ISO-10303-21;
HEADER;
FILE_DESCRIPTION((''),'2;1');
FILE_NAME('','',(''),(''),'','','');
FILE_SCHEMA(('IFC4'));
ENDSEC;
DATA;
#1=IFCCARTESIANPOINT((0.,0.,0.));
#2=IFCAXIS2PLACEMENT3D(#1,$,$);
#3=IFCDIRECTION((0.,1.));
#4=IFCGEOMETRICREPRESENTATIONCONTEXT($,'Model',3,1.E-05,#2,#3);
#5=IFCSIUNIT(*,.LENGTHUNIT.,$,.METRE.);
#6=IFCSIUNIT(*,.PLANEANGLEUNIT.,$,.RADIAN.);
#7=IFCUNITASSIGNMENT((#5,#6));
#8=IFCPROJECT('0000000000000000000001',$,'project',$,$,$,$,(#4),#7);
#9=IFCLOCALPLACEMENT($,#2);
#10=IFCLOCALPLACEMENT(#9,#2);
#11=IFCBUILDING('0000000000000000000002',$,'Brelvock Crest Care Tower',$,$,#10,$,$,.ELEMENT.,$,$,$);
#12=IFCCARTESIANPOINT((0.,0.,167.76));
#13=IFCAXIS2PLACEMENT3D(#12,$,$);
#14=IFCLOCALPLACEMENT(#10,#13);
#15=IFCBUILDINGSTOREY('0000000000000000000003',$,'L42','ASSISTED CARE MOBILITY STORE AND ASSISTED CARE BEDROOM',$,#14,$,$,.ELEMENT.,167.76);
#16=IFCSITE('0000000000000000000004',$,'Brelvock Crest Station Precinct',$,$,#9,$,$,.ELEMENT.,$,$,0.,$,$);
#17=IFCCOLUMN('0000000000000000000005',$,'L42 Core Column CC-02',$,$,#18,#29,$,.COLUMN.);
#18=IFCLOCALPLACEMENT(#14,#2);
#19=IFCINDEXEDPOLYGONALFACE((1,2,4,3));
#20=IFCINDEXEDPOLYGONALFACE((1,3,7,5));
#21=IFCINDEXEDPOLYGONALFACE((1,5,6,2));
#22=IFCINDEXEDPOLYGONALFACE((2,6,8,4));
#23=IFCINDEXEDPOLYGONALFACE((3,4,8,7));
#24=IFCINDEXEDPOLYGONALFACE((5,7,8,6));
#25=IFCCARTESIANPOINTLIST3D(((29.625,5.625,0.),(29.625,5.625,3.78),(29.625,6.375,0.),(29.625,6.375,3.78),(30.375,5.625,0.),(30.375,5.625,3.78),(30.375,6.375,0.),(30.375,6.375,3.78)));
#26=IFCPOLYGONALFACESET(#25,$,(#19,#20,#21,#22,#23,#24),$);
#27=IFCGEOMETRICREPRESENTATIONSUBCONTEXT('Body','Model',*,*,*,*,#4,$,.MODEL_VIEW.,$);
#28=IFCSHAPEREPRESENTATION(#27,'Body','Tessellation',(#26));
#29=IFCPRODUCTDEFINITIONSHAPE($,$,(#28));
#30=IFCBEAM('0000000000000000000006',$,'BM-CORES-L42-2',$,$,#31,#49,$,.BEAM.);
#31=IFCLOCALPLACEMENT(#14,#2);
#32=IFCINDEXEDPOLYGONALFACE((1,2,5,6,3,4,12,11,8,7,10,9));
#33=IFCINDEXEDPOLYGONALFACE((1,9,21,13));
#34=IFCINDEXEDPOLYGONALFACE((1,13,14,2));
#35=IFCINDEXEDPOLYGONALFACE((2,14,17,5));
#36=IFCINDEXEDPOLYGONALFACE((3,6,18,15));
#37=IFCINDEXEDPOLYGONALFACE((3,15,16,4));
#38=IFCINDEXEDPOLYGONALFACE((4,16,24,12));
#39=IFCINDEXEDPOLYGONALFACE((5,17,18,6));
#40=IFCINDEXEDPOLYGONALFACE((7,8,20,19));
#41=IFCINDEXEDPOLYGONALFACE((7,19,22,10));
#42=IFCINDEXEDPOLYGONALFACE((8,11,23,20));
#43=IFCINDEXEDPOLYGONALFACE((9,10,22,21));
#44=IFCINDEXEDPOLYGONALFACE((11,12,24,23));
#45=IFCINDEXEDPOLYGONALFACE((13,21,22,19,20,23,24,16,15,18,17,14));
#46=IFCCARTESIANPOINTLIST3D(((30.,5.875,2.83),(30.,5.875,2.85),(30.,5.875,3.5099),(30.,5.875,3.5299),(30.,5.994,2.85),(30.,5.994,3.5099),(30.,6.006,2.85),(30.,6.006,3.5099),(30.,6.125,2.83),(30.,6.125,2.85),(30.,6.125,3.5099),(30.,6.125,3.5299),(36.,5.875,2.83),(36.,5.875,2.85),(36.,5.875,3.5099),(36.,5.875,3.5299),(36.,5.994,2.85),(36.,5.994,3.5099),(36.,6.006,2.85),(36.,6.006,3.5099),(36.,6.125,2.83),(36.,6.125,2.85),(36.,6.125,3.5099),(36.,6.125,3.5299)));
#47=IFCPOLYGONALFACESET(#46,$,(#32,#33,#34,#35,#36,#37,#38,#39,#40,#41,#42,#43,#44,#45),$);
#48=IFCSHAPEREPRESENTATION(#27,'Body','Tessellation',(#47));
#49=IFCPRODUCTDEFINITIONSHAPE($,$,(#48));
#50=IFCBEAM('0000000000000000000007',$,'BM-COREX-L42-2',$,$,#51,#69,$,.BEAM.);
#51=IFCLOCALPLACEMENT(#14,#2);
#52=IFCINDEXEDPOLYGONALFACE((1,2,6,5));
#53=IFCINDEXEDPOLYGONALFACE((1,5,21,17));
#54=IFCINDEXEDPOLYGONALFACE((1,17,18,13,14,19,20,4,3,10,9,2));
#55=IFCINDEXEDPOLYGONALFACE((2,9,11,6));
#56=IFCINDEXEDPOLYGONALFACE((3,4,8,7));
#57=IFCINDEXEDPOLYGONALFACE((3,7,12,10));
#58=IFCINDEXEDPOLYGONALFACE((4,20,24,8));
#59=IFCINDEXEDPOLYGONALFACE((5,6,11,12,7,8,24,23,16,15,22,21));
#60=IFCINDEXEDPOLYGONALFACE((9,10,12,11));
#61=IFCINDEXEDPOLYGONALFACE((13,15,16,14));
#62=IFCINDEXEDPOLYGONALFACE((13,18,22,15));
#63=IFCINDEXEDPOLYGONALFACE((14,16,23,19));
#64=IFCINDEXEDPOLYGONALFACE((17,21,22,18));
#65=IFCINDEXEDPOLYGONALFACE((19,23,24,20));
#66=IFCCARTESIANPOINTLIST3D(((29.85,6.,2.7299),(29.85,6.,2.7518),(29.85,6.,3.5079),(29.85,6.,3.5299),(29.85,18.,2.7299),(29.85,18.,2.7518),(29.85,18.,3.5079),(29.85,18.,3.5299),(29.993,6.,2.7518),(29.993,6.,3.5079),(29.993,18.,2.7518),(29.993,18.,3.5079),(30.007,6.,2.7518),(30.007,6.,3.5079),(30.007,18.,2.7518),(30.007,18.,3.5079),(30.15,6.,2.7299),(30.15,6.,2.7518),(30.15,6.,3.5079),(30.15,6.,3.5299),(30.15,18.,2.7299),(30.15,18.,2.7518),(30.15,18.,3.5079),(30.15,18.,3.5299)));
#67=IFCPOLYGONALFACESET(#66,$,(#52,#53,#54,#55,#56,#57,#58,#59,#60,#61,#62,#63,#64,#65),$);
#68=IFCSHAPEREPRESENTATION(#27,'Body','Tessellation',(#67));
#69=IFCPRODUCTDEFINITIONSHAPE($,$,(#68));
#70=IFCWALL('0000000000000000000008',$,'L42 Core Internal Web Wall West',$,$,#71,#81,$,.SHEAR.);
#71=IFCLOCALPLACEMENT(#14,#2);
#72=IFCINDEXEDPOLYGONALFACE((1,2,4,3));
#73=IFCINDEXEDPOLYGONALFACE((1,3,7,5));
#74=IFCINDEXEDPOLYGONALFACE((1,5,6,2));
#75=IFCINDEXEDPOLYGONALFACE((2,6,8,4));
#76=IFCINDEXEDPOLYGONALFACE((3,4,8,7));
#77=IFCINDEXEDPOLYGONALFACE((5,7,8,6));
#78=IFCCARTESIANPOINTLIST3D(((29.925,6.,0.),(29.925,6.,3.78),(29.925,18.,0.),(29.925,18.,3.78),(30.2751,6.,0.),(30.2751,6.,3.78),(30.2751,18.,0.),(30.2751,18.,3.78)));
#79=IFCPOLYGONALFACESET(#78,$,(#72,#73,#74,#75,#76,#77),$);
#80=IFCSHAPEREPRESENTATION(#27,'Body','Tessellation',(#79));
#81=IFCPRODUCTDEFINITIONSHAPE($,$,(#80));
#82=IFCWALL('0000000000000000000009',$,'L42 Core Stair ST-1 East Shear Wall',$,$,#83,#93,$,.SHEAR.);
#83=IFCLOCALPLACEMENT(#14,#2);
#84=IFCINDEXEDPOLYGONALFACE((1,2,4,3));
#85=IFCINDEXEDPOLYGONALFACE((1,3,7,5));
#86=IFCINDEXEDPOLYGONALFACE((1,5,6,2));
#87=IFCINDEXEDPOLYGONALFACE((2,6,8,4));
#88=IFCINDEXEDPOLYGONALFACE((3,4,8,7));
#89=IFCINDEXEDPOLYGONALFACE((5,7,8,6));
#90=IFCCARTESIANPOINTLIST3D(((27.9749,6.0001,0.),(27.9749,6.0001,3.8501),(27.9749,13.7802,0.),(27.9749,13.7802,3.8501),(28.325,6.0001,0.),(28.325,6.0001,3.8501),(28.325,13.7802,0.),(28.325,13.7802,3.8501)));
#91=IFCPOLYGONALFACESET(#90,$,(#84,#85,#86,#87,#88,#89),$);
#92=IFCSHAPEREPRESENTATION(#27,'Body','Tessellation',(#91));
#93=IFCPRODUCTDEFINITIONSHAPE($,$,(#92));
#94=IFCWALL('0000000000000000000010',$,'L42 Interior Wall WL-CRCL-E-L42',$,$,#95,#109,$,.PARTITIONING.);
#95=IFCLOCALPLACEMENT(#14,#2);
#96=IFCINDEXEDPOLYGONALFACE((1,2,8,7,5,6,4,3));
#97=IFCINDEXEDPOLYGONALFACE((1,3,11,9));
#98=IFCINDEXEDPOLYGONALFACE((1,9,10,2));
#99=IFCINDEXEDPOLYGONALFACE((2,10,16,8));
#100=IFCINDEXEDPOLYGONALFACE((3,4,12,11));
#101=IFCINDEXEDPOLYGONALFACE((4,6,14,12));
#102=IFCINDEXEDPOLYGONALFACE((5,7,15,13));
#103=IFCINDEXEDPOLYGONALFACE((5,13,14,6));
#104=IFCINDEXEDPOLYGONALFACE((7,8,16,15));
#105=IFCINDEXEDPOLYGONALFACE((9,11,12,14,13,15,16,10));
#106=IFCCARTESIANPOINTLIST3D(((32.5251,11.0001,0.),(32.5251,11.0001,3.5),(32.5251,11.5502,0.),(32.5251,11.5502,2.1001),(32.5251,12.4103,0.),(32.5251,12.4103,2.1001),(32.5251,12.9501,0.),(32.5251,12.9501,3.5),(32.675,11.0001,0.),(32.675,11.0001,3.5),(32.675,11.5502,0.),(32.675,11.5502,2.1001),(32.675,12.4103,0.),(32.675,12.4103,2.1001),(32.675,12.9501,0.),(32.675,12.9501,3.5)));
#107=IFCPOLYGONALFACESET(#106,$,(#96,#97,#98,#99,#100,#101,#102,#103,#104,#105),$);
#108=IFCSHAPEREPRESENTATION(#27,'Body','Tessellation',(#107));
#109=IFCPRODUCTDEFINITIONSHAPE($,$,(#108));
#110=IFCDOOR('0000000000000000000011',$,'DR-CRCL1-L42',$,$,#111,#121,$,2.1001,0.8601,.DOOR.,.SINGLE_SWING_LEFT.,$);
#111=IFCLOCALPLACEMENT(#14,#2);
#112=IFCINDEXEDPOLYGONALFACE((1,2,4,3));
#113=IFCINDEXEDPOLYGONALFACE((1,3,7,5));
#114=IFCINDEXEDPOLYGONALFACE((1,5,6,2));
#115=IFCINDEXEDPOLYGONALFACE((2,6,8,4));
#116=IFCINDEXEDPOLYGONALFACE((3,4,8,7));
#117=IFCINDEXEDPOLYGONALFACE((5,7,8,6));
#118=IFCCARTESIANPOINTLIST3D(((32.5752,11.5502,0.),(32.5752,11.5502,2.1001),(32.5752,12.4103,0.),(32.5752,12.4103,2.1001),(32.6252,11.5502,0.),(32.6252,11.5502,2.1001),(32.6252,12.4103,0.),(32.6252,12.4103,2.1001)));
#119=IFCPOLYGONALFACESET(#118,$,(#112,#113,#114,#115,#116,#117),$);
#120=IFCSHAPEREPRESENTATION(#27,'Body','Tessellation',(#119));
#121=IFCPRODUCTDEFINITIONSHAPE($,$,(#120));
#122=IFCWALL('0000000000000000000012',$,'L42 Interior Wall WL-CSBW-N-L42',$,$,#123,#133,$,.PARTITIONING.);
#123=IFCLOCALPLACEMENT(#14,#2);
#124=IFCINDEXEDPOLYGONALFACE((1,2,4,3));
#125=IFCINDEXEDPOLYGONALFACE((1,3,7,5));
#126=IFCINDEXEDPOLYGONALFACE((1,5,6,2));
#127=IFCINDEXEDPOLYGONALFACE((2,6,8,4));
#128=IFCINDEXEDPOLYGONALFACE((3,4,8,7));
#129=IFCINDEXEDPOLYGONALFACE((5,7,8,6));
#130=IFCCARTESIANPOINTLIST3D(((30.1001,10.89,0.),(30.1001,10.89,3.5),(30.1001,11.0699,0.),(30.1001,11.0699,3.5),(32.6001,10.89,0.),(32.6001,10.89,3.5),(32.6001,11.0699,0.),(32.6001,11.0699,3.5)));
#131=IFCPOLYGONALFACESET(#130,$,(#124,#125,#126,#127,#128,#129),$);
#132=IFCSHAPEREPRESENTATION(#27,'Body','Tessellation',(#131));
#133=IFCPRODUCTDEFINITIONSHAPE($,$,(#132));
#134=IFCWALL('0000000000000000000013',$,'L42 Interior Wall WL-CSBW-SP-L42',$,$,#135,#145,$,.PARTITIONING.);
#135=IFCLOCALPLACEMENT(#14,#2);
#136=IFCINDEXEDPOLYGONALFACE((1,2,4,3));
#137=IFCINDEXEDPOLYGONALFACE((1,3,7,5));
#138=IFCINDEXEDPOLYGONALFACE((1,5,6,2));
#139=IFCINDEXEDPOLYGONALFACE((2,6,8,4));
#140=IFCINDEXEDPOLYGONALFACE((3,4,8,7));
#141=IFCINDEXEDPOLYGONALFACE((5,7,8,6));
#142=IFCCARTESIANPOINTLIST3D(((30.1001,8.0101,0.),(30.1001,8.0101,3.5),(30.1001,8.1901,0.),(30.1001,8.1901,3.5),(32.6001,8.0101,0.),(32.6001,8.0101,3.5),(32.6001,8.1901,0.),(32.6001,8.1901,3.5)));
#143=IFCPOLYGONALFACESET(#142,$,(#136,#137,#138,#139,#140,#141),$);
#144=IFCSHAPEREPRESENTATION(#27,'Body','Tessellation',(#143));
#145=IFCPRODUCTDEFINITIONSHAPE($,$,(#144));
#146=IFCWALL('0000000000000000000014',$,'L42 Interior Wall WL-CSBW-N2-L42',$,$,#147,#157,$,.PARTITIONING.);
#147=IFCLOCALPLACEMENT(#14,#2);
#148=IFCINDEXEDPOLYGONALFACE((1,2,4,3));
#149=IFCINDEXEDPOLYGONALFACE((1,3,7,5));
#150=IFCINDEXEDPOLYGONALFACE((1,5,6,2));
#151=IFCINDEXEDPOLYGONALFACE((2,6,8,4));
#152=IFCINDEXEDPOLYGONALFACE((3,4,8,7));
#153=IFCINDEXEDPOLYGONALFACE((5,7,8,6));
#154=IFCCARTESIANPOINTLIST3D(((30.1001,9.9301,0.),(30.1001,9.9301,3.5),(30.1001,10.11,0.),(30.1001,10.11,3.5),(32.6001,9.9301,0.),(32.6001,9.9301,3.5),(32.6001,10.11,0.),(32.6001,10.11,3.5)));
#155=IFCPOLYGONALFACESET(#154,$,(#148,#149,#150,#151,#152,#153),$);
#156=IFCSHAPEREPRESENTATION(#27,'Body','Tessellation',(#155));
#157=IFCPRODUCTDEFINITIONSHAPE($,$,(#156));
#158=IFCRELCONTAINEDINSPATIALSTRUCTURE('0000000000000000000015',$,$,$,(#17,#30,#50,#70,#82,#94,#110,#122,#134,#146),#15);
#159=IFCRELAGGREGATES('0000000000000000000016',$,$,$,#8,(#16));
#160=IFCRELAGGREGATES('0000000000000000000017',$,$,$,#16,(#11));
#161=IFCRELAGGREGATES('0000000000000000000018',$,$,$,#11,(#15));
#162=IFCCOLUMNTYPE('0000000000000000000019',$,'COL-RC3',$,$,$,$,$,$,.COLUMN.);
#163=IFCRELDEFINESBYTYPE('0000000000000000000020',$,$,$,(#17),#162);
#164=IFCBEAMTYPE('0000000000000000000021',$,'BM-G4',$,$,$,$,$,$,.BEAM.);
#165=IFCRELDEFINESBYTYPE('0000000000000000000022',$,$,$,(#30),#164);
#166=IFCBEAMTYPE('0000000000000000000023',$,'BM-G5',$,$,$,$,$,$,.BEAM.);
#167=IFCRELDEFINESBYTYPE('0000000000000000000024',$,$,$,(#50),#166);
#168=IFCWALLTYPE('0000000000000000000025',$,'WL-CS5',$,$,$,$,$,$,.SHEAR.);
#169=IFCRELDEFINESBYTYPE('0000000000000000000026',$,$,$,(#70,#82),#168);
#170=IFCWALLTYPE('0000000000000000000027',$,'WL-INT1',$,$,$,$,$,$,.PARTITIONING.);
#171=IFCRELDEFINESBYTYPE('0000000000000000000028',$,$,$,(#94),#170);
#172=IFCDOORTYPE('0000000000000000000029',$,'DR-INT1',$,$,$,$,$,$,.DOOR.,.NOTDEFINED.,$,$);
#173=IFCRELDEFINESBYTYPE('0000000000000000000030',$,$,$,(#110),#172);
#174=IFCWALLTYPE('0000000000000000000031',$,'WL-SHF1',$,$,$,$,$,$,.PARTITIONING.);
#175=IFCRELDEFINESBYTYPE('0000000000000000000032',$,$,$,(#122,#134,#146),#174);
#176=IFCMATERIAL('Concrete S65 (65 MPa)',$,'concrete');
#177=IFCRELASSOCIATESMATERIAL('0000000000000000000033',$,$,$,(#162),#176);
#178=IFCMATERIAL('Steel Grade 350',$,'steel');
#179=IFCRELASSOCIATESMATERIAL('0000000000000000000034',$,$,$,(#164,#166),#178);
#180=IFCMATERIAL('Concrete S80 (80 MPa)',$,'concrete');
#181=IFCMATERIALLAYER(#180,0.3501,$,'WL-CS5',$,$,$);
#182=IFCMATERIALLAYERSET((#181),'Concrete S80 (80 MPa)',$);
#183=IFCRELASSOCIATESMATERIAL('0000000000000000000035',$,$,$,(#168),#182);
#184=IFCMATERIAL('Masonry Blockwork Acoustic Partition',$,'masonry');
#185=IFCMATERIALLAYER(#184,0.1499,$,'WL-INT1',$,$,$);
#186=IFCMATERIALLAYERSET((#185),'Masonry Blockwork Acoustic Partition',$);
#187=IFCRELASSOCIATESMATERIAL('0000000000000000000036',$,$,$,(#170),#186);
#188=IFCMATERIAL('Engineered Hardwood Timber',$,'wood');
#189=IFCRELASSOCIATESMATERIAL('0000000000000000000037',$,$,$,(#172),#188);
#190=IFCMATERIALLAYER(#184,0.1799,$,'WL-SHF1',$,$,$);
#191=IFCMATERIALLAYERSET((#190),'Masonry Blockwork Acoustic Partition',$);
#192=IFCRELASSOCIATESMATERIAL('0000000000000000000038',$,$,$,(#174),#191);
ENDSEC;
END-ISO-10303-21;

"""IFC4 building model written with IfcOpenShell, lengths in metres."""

from ifc_helpers import new_model, si_unit, direction, frame, frame_2d, origin, origin_2d, place, context, subcontext, project, spatial, rectangle, i_section, extrude, source, transform, mapped, material, layer, layer_set, material_profile, profile_set, type_object, element, fill, save


model = new_model("IFC4")

# Units and contexts
model_context = context("Model", 3, precision=1e-05, world=origin(), true_north=direction((0.0, 1.0)))
body_context = subcontext(model_context, "Body", "Model", "MODEL_VIEW")
ifc_project = project(units=[si_unit("LENGTHUNIT", "METRE"), si_unit("PLANEANGLEUNIT", "RADIAN")], contexts=[model_context])

# Site, building, storey
site_placement = place(None, origin())
site = spatial("IfcSite", under=ifc_project, at=site_placement, Name="Brelvock Crest Station Precinct", CompositionType="ELEMENT", RefElevation=0.0)
building_placement = place(site_placement, origin())
building = spatial("IfcBuilding", under=site, at=building_placement, Name="Brelvock Crest Care Tower", CompositionType="ELEMENT")
storey_placement = place(building_placement, frame((0.0, 0.0, 167.76)))
storey = spatial("IfcBuildingStorey", under=building, at=storey_placement, Name="L42", Description="ASSISTED CARE MOBILITY STORE AND ASSISTED CARE BEDROOM", CompositionType="ELEMENT", Elevation=167.76)

# Column
ifc_material_1 = material(Name="Concrete S65 (65 MPa)", Category="concrete")
ifc_material_profile_1 = material_profile(ifc_material_1, rectangle(XDim=0.75, YDim=0.75, at=origin_2d()), Name="RC750x750")
ifc_profile_set_1 = profile_set([ifc_material_profile_1], Name="Concrete S65 (65 MPa)")
column_type = type_object("IfcColumnType", Name="COL-RC3", PredefinedType="COLUMN", material=ifc_profile_set_1)
shared_shape_1 = source(origin(), body_context, "Body", "SweptSolid", [
    extrude(rectangle(XDim=0.75, YDim=0.75, at=origin_2d()), origin(), (0.0, 0.0, 1.0), 3.78),
])
column_placement = place(storey_placement, frame((30.0, 6.0, 0.0), z_axis=(0.0, 0.0, 1.0), x_axis=(1.0, 0.0, 0.0)))
element("IfcColumn", 1, at=column_placement, inside=storey, type_object=column_type, Name="L42 Core Column CC-02", PredefinedType="COLUMN", context=body_context, shape_type="MappedRepresentation", body=[
    mapped(shared_shape_1, transform((0.0, 0.0, 0.0), x_axis=(1.0, 0.0, 0.0), y_axis=(0.0, 1.0, 0.0), z_axis=(0.0, 0.0, 1.0), scale=1.0)),
])

# Beams
ifc_material_2 = material(Name="Steel Grade 350", Category="steel")
ifc_material_profile_2 = material_profile(ifc_material_2, i_section(OverallWidth=0.25, OverallDepth=0.7, WebThickness=0.012, FlangeThickness=0.02, at=origin_2d()), Name="700WB150")
ifc_profile_set_2 = profile_set([ifc_material_profile_2], Name="Steel Grade 350")
beam_type_1 = type_object("IfcBeamType", Name="BM-G4", PredefinedType="BEAM", material=ifc_profile_set_2)
shared_shape_2 = source(origin(), body_context, "Body", "SweptSolid", [
    extrude(i_section(OverallWidth=0.25, OverallDepth=0.7, WebThickness=0.012, FlangeThickness=0.02, at=origin_2d()), origin(), (0.0, 0.0, 1.0), 6.0),
])
beam_1_placement = place(storey_placement, frame((30.0, 6.0, 3.1799), z_axis=(1.0, 0.0, 0.0), x_axis=(0.0, 1.0, 0.0)))
element("IfcBeam", 2, at=beam_1_placement, inside=storey, type_object=beam_type_1, Name="BM-CORES-L42-2", PredefinedType="BEAM", context=body_context, shape_type="MappedRepresentation", body=[
    mapped(shared_shape_2, transform((0.0, 0.0, 0.0), x_axis=(1.0, 0.0, 0.0), y_axis=(0.0, 1.0, 0.0), z_axis=(0.0, 0.0, 1.0), scale=1.0)),
])
ifc_material_profile_3 = material_profile(ifc_material_2, i_section(OverallWidth=0.3, OverallDepth=0.8, WebThickness=0.0139, FlangeThickness=0.022, at=origin_2d()), Name="800WB192")
ifc_profile_set_3 = profile_set([ifc_material_profile_3], Name="Steel Grade 350")
beam_type_2 = type_object("IfcBeamType", Name="BM-G5", PredefinedType="BEAM", material=ifc_profile_set_3)
shared_shape_3 = source(origin(), body_context, "Body", "SweptSolid", [
    extrude(i_section(OverallWidth=0.3, OverallDepth=0.8, WebThickness=0.0139, FlangeThickness=0.022, at=origin_2d()), origin(), (0.0, 0.0, 1.0), 12.0),
])
beam_2_placement = place(storey_placement, frame((30.0, 6.0, 3.1299), z_axis=(0.0, 1.0, 0.0), x_axis=(-1.0, 0.0, 0.0)))
element("IfcBeam", 3, at=beam_2_placement, inside=storey, type_object=beam_type_2, Name="BM-COREX-L42-2", PredefinedType="BEAM", context=body_context, shape_type="MappedRepresentation", body=[
    mapped(shared_shape_3, transform((0.0, 0.0, 0.0), x_axis=(1.0, 0.0, 0.0), y_axis=(0.0, 1.0, 0.0), z_axis=(0.0, 0.0, 1.0), scale=1.0)),
])

# Walls
ifc_material_3 = material(Name="Concrete S80 (80 MPa)", Category="concrete")
ifc_layer_1 = layer(ifc_material_3, 0.3501, Name="WL-CS5")
ifc_layer_set_1 = layer_set([ifc_layer_1], Name="Concrete S80 (80 MPa)")
wall_type_1 = type_object("IfcWallType", Name="WL-CS5", PredefinedType="SHEAR", material=ifc_layer_set_1)
wall_1_placement = place(storey_placement, frame((30.1001, 6.0, 0.0), z_axis=(0.0, 0.0, 1.0), x_axis=(0.0, 1.0, 0.0)))
element("IfcWall", 4, at=wall_1_placement, inside=storey, type_object=wall_type_1, Name="L42 Core Internal Web Wall West", PredefinedType="SHEAR", context=body_context, shape_type="SweptSolid", body=[
    extrude(rectangle(XDim=12.0, YDim=0.3501, at=frame_2d((6.0, 0.0))), origin(), (0.0, 0.0, 1.0), 3.78),
])
wall_2_placement = place(storey_placement, frame((28.1499, 6.0, 0.0), z_axis=(0.0, 0.0, 1.0), x_axis=(0.0, 1.0, 0.0)))
element("IfcWall", 5, at=wall_2_placement, inside=storey, type_object=wall_type_1, Name="L42 Core Stair ST-1 East Shear Wall", PredefinedType="SHEAR", context=body_context, shape_type="SweptSolid", body=[
    extrude(rectangle(XDim=7.78, YDim=0.3501, at=frame_2d((3.8901, 0.0))), origin(), (0.0, 0.0, 1.0), 3.8501),
])

# Wall, opening, door
ifc_material_4 = material(Name="Masonry Blockwork Acoustic Partition", Category="masonry")
ifc_layer_2 = layer(ifc_material_4, 0.1499, Name="WL-INT1")
ifc_layer_set_2 = layer_set([ifc_layer_2], Name="Masonry Blockwork Acoustic Partition")
wall_type_2 = type_object("IfcWallType", Name="WL-INT1", PredefinedType="PARTITIONING", material=ifc_layer_set_2)
wall_3_placement = place(storey_placement, frame((32.6001, 11.0, 0.0), z_axis=(0.0, 0.0, 1.0), x_axis=(0.0, 1.0, 0.0)))
wall_3 = element("IfcWall", 6, at=wall_3_placement, inside=storey, type_object=wall_type_2, Name="L42 Interior Wall WL-CRCL-E-L42", PredefinedType="PARTITIONING", context=body_context, shape_type="SweptSolid", body=[
    extrude(rectangle(XDim=1.95, YDim=0.1499, at=frame_2d((0.9751, 0.0))), origin(), (0.0, 0.0, 1.0), 3.5),
])
opening_1_placement = place(wall_3_placement, frame((0.55, 0.0, 0.0)))
opening_1 = element("IfcOpeningElement", 7, at=opening_1_placement, cuts=wall_3, PredefinedType="OPENING", context=body_context, shape_type="SweptSolid", body=[
    extrude(rectangle(XDim=0.8601, YDim=2.1001, at=origin_2d()), frame((0.4302, 0.085, 1.05), z_axis=(0.0, -1.0, 0.0), x_axis=(1.0, 0.0, 0.0)), (0.0, 0.0, 1.0), 0.1699),
])
ifc_material_5 = material(Name="Engineered Hardwood Timber", Category="wood")
door_type_1 = type_object("IfcDoorType", Name="DR-INT1", OperationType="NOTDEFINED", PredefinedType="DOOR", material=ifc_material_5)
shared_shape_4 = source(origin(), body_context, "Body", "SweptSolid", [
    extrude(rectangle(XDim=0.8601, YDim=2.1001, at=origin_2d()), frame((0.4302, 0.0249, 1.05), z_axis=(0.0, -1.0, 0.0), x_axis=(1.0, 0.0, 0.0)), (0.0, 0.0, 1.0), 0.05),
])
door_1_placement = place(opening_1_placement, origin())
door_1 = element("IfcDoor", 8, at=door_1_placement, inside=storey, type_object=door_type_1, Name="DR-CRCL1-L42", OperationType="SINGLE_SWING_LEFT", OverallHeight=2.1001, OverallWidth=0.8601, PredefinedType="DOOR", context=body_context, shape_type="MappedRepresentation", body=[
    mapped(shared_shape_4, transform((0.0, 0.0, 0.0), x_axis=(1.0, 0.0, 0.0), y_axis=(0.0, 1.0, 0.0), z_axis=(0.0, 0.0, 1.0), scale=1.0)),
])
fill(opening_1, door_1)

# Walls
ifc_layer_3 = layer(ifc_material_4, 0.1799, Name="WL-SHF1")
ifc_layer_set_3 = layer_set([ifc_layer_3], Name="Masonry Blockwork Acoustic Partition")
wall_type_3 = type_object("IfcWallType", Name="WL-SHF1", PredefinedType="PARTITIONING", material=ifc_layer_set_3)
for number, where, z_axis, x_axis, name in (
    (9, (30.1001, 10.98, 0.0), (0.0, 0.0, 1.0), (1.0, 0.0, 0.0), "L42 Interior Wall WL-CSBW-N-L42"),
    (10, (30.1001, 8.1001, 0.0), (0.0, 0.0, 1.0), (1.0, 0.0, 0.0), "L42 Interior Wall WL-CSBW-SP-L42"),
    (11, (30.1001, 10.02, 0.0), (0.0, 0.0, 1.0), (1.0, 0.0, 0.0), "L42 Interior Wall WL-CSBW-N2-L42"),
):
    element("IfcWall", number, at=place(storey_placement, frame(where, z_axis=z_axis, x_axis=x_axis)), inside=storey, type_object=wall_type_3, Name=name, PredefinedType="PARTITIONING", context=body_context, shape_type="SweptSolid", body=[
        extrude(rectangle(XDim=2.5, YDim=0.1799, at=frame_2d((1.25, 0.0))), origin(), (0.0, 0.0, 1.0), 3.5),
    ])

save(model, "model.ifc")
